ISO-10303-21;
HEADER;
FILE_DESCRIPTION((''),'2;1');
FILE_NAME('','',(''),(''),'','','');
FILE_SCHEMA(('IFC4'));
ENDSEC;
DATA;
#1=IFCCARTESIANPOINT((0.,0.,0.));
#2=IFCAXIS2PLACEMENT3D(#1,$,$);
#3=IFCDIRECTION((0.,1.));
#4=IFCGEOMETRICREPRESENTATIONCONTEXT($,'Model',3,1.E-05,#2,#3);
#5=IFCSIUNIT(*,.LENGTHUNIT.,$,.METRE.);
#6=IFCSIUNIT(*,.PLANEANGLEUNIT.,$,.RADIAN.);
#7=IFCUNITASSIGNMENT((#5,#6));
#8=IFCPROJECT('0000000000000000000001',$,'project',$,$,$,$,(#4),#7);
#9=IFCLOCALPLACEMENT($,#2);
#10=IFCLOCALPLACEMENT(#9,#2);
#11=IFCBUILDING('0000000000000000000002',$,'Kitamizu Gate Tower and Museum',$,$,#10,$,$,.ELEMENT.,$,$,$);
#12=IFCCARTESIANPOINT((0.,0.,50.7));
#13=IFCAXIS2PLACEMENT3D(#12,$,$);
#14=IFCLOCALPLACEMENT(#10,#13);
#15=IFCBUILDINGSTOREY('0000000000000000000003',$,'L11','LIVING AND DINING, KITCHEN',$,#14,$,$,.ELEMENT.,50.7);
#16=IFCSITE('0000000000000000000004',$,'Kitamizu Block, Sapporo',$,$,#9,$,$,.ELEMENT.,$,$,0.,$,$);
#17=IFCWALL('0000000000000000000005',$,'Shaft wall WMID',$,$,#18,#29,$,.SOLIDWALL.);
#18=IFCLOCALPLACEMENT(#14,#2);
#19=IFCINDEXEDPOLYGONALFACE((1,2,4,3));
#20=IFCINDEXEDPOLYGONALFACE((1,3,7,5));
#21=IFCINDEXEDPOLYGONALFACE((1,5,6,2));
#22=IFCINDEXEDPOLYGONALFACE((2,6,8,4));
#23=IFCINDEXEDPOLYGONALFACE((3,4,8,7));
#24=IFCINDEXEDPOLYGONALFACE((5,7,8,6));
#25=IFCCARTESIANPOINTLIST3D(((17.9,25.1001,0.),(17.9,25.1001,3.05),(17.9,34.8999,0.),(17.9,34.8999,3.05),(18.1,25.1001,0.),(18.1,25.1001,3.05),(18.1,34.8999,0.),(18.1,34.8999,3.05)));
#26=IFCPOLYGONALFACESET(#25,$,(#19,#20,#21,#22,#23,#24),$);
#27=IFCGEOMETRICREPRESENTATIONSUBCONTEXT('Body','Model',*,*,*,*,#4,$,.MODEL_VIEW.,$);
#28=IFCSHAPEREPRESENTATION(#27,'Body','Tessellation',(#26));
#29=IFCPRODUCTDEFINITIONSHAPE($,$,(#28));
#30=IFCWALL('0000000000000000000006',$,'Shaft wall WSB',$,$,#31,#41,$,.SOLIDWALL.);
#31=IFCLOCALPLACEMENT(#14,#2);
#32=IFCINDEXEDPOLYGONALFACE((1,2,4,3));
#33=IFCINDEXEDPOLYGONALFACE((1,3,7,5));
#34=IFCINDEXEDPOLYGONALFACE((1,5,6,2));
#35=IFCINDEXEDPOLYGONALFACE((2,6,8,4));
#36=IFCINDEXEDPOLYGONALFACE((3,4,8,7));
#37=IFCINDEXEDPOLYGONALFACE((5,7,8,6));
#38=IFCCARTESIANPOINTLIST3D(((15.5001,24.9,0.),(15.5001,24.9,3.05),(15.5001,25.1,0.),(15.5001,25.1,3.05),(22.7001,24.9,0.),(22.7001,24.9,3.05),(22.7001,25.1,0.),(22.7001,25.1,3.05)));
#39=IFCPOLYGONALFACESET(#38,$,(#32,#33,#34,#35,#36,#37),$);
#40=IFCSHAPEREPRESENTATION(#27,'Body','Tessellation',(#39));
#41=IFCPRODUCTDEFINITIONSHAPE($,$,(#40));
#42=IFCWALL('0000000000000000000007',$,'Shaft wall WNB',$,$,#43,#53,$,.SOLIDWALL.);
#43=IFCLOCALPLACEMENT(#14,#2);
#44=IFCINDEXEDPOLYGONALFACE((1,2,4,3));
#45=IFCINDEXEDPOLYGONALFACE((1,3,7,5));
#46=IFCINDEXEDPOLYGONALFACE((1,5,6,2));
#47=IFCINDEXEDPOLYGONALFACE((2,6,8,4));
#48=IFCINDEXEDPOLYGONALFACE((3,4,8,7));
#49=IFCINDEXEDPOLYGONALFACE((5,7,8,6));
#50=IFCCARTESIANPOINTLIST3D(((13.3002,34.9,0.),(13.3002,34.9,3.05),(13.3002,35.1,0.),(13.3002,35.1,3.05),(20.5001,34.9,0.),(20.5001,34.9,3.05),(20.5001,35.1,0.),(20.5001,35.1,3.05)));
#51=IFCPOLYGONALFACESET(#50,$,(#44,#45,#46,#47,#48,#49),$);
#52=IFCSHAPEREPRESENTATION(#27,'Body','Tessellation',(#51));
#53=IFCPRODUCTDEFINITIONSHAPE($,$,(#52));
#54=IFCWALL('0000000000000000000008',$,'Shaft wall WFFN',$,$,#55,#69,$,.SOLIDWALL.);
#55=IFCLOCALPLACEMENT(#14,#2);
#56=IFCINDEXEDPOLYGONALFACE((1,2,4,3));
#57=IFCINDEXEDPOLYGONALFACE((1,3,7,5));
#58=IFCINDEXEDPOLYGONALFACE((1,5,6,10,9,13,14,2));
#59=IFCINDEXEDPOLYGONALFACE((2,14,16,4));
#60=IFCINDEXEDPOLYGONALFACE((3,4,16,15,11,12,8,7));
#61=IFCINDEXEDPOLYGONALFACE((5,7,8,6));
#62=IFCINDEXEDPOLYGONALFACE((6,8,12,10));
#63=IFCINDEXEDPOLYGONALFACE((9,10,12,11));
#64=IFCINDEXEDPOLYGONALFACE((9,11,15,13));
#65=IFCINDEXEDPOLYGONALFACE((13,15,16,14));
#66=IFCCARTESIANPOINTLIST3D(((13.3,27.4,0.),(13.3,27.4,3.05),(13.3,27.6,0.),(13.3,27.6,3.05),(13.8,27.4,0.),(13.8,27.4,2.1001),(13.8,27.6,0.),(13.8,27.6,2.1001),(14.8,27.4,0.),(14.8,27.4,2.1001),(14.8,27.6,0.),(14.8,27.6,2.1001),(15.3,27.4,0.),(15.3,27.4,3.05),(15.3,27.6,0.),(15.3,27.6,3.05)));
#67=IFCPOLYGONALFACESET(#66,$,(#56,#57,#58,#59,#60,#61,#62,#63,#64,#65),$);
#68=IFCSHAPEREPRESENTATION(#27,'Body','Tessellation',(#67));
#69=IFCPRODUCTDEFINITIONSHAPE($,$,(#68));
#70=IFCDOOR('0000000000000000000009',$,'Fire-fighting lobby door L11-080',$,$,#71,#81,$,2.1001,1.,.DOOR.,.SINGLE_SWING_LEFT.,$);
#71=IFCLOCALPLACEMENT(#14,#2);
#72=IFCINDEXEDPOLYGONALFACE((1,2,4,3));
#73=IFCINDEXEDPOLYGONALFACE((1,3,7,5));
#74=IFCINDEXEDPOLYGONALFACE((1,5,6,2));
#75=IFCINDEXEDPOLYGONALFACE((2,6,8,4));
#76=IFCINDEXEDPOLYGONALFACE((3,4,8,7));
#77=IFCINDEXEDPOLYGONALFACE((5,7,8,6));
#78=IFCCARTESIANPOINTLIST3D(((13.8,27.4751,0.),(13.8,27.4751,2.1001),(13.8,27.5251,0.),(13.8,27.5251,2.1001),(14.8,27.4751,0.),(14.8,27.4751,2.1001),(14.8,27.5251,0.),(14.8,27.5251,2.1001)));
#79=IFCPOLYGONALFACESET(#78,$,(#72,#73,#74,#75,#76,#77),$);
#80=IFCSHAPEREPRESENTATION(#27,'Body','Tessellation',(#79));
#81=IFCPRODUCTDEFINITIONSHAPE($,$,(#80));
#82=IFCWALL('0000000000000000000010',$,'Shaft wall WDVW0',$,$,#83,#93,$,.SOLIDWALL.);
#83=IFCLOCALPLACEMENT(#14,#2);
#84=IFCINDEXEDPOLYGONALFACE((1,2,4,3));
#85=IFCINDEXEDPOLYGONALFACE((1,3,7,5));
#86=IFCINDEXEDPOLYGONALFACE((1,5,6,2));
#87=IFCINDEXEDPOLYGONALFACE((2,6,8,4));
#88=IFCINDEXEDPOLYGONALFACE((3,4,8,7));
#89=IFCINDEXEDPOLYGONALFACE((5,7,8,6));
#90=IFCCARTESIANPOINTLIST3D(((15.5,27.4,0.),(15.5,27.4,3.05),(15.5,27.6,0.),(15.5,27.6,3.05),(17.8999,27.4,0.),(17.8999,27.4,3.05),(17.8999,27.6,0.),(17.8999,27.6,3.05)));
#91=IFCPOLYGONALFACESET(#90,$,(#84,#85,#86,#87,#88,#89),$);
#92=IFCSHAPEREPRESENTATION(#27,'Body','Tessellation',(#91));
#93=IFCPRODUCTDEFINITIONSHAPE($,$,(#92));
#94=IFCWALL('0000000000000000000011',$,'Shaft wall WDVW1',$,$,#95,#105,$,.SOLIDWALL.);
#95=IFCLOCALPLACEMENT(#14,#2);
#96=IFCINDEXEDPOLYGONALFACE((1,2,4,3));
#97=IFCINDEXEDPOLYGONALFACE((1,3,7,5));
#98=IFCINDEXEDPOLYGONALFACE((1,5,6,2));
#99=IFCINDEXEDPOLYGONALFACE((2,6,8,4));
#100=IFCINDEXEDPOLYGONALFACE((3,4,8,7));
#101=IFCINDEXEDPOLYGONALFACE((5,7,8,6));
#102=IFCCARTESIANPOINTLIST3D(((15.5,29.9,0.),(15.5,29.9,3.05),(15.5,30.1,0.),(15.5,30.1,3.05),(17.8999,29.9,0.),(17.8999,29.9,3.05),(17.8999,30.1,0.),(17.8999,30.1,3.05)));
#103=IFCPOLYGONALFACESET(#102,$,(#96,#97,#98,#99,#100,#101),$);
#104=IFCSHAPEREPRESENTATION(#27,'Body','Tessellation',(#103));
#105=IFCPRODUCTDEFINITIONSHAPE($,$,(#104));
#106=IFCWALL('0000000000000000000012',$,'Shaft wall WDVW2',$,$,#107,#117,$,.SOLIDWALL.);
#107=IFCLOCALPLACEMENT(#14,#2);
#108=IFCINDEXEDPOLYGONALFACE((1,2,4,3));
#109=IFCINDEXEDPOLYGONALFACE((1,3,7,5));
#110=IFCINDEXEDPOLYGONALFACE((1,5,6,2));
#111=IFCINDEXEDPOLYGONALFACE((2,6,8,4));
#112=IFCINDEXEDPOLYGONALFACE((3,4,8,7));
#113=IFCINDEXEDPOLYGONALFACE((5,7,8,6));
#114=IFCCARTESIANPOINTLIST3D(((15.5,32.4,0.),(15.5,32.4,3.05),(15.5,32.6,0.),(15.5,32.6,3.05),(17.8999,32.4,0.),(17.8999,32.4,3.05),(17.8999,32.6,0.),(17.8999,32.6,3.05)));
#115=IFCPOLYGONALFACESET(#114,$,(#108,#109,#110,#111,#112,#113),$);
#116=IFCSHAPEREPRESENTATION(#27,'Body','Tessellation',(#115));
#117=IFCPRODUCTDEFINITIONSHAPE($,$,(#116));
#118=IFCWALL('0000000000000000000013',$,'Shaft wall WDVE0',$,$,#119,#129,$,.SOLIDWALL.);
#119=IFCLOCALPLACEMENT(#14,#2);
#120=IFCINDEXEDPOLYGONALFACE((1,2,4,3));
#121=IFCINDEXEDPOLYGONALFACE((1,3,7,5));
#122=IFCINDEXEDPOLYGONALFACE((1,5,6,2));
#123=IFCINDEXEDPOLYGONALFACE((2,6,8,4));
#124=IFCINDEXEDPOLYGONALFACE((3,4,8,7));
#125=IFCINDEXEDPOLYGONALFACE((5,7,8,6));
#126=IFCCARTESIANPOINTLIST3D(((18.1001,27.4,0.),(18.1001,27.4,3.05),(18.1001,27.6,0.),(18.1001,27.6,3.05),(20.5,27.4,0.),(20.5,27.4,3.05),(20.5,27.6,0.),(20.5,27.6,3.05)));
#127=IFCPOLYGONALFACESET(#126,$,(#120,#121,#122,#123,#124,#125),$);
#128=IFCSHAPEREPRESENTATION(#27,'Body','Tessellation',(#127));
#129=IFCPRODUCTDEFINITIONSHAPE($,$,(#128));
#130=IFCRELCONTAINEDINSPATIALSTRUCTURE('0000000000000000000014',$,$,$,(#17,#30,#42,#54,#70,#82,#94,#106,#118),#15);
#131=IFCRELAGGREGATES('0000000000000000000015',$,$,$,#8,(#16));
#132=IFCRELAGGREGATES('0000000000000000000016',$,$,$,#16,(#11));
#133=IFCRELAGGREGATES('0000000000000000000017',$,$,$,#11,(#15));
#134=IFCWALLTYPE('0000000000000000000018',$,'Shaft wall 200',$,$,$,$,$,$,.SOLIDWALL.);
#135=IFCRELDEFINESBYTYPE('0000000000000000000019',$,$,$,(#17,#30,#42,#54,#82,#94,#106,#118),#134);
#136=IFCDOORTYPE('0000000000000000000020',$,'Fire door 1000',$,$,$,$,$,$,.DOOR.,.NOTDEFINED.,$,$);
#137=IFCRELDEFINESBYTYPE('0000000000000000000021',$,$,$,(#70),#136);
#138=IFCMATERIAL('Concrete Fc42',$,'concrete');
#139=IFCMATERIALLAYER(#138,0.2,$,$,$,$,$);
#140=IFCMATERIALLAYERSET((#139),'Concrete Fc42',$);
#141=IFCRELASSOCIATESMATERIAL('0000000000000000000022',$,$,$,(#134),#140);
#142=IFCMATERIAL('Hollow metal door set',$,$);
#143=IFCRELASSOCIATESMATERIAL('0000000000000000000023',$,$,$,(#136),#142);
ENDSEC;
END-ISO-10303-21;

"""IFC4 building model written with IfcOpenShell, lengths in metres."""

from ifc_helpers import new_model, si_unit, direction, frame, frame_2d, origin, place, context, subcontext, project, spatial, rectangle, extrude, material, layer, layer_set, type_object, element, fill, save


model = new_model("IFC4")

# Units and contexts
model_context = context("Model", 3, precision=1e-05, world=origin(), true_north=direction((0.0, 1.0)))
body_context = subcontext(model_context, "Body", "Model", "MODEL_VIEW")
ifc_project = project(units=[si_unit("LENGTHUNIT", "METRE"), si_unit("PLANEANGLEUNIT", "RADIAN")], contexts=[model_context])

# Site, building, storey
site_placement = place(None, origin())
site = spatial("IfcSite", under=ifc_project, at=site_placement, Name="Kitamizu Block, Sapporo", CompositionType="ELEMENT", RefElevation=0.0)
building_placement = place(site_placement, origin())
building = spatial("IfcBuilding", under=site, at=building_placement, Name="Kitamizu Gate Tower and Museum", CompositionType="ELEMENT")
storey_placement = place(building_placement, frame((0.0, 0.0, 50.7)))
storey = spatial("IfcBuildingStorey", under=building, at=storey_placement, Name="L11", Description="LIVING AND DINING, KITCHEN", CompositionType="ELEMENT", Elevation=50.7)

# Walls
ifc_material_1 = material(Name="Concrete Fc42", Category="concrete")
ifc_layer_1 = layer(ifc_material_1, 0.2)
ifc_layer_set_1 = layer_set([ifc_layer_1], Name="Concrete Fc42")
wall_type_1 = type_object("IfcWallType", Name="Shaft wall 200", PredefinedType="SOLIDWALL", material=ifc_layer_set_1)
wall_1_placement = place(storey_placement, frame((18.0, 25.1001, 0.0), z_axis=(0.0, 0.0, 1.0), x_axis=(0.0, 1.0, 0.0)))
element("IfcWall", 1, at=wall_1_placement, inside=storey, type_object=wall_type_1, Name="Shaft wall WMID", PredefinedType="SOLIDWALL", context=body_context, shape_type="SweptSolid", body=[
    extrude(rectangle(XDim=9.7998, YDim=0.2, at=frame_2d((4.8999, 0.0))), origin(), (0.0, 0.0, 1.0), 3.05),
])
for number, where, z_axis, x_axis, name in (
    (2, (15.5, 25.0, 0.0), (0.0, 0.0, 1.0), (1.0, 0.0, 0.0), "Shaft wall WSB"),
    (3, (13.3, 35.0, 0.0), (0.0, 0.0, 1.0), (1.0, 0.0, 0.0), "Shaft wall WNB"),
):
    element("IfcWall", number, at=place(storey_placement, frame(where, z_axis=z_axis, x_axis=x_axis)), inside=storey, type_object=wall_type_1, Name=name, PredefinedType="SOLIDWALL", context=body_context, shape_type="SweptSolid", body=[
        extrude(rectangle(XDim=7.2, YDim=0.2, at=frame_2d((3.6001, 0.0))), origin(), (0.0, 0.0, 1.0), 3.05),
    ])

# Wall, opening, door
wall_2_placement = place(storey_placement, frame((13.3, 27.5, 0.0), z_axis=(0.0, 0.0, 1.0), x_axis=(1.0, 0.0, 0.0)))
wall_2 = element("IfcWall", 4, at=wall_2_placement, inside=storey, type_object=wall_type_1, Name="Shaft wall WFFN", PredefinedType="SOLIDWALL", context=body_context, shape_type="SweptSolid", body=[
    extrude(rectangle(XDim=2.0, YDim=0.2, at=frame_2d((1.0, 0.0))), origin(), (0.0, 0.0, 1.0), 3.05),
])
opening_1_placement = place(wall_2_placement, frame((0.5, 0.0, 0.0)))
opening_1 = element("IfcOpeningElement", 5, at=opening_1_placement, cuts=wall_2, PredefinedType="OPENING", context=body_context, shape_type="SweptSolid", body=[
    extrude(rectangle(XDim=1.0, YDim=2.1001, at=frame_2d((0.5, 1.05))), frame((0.0, 0.1099, 0.0), z_axis=(0.0, -1.0, 0.0), x_axis=(1.0, 0.0, 0.0)), (0.0, 0.0, 1.0), 0.22),
])
ifc_material_2 = material(Name="Hollow metal door set")
door_type_1 = type_object("IfcDoorType", Name="Fire door 1000", OperationType="NOTDEFINED", PredefinedType="DOOR", material=ifc_material_2)
door_1_placement = place(opening_1_placement, frame((1.0, 0.0, 0.0), x_axis=(-1.0, 0.0, 0.0)))
door_1 = element("IfcDoor", 6, at=door_1_placement, inside=storey, type_object=door_type_1, Name="Fire-fighting lobby door L11-080", OperationType="SINGLE_SWING_LEFT", OverallHeight=2.1001, OverallWidth=1.0, PredefinedType="DOOR", context=body_context, shape_type="SweptSolid", body=[
    extrude(rectangle(XDim=1.0, YDim=2.1001, at=frame_2d((0.5, 1.05))), frame((0.0, 0.0249, 0.0), z_axis=(0.0, -1.0, 0.0), x_axis=(1.0, 0.0, 0.0)), (0.0, 0.0, 1.0), 0.05),
])
fill(opening_1, door_1)

# Walls
for number, where, z_axis, x_axis, name in (
    (7, (15.5, 27.5, 0.0), (0.0, 0.0, 1.0), (1.0, 0.0, 0.0), "Shaft wall WDVW0"),
    (8, (15.5, 30.0, 0.0), (0.0, 0.0, 1.0), (1.0, 0.0, 0.0), "Shaft wall WDVW1"),
    (9, (15.5, 32.5, 0.0), (0.0, 0.0, 1.0), (1.0, 0.0, 0.0), "Shaft wall WDVW2"),
    (10, (18.1001, 27.5, 0.0), (0.0, 0.0, 1.0), (1.0, 0.0, 0.0), "Shaft wall WDVE0"),
):
    element("IfcWall", number, at=place(storey_placement, frame(where, z_axis=z_axis, x_axis=x_axis)), inside=storey, type_object=wall_type_1, Name=name, PredefinedType="SOLIDWALL", context=body_context, shape_type="SweptSolid", body=[
        extrude(rectangle(XDim=2.3999, YDim=0.2, at=frame_2d((1.2, 0.0))), origin(), (0.0, 0.0, 1.0), 3.05),
    ])

save(model, "model.ifc")
